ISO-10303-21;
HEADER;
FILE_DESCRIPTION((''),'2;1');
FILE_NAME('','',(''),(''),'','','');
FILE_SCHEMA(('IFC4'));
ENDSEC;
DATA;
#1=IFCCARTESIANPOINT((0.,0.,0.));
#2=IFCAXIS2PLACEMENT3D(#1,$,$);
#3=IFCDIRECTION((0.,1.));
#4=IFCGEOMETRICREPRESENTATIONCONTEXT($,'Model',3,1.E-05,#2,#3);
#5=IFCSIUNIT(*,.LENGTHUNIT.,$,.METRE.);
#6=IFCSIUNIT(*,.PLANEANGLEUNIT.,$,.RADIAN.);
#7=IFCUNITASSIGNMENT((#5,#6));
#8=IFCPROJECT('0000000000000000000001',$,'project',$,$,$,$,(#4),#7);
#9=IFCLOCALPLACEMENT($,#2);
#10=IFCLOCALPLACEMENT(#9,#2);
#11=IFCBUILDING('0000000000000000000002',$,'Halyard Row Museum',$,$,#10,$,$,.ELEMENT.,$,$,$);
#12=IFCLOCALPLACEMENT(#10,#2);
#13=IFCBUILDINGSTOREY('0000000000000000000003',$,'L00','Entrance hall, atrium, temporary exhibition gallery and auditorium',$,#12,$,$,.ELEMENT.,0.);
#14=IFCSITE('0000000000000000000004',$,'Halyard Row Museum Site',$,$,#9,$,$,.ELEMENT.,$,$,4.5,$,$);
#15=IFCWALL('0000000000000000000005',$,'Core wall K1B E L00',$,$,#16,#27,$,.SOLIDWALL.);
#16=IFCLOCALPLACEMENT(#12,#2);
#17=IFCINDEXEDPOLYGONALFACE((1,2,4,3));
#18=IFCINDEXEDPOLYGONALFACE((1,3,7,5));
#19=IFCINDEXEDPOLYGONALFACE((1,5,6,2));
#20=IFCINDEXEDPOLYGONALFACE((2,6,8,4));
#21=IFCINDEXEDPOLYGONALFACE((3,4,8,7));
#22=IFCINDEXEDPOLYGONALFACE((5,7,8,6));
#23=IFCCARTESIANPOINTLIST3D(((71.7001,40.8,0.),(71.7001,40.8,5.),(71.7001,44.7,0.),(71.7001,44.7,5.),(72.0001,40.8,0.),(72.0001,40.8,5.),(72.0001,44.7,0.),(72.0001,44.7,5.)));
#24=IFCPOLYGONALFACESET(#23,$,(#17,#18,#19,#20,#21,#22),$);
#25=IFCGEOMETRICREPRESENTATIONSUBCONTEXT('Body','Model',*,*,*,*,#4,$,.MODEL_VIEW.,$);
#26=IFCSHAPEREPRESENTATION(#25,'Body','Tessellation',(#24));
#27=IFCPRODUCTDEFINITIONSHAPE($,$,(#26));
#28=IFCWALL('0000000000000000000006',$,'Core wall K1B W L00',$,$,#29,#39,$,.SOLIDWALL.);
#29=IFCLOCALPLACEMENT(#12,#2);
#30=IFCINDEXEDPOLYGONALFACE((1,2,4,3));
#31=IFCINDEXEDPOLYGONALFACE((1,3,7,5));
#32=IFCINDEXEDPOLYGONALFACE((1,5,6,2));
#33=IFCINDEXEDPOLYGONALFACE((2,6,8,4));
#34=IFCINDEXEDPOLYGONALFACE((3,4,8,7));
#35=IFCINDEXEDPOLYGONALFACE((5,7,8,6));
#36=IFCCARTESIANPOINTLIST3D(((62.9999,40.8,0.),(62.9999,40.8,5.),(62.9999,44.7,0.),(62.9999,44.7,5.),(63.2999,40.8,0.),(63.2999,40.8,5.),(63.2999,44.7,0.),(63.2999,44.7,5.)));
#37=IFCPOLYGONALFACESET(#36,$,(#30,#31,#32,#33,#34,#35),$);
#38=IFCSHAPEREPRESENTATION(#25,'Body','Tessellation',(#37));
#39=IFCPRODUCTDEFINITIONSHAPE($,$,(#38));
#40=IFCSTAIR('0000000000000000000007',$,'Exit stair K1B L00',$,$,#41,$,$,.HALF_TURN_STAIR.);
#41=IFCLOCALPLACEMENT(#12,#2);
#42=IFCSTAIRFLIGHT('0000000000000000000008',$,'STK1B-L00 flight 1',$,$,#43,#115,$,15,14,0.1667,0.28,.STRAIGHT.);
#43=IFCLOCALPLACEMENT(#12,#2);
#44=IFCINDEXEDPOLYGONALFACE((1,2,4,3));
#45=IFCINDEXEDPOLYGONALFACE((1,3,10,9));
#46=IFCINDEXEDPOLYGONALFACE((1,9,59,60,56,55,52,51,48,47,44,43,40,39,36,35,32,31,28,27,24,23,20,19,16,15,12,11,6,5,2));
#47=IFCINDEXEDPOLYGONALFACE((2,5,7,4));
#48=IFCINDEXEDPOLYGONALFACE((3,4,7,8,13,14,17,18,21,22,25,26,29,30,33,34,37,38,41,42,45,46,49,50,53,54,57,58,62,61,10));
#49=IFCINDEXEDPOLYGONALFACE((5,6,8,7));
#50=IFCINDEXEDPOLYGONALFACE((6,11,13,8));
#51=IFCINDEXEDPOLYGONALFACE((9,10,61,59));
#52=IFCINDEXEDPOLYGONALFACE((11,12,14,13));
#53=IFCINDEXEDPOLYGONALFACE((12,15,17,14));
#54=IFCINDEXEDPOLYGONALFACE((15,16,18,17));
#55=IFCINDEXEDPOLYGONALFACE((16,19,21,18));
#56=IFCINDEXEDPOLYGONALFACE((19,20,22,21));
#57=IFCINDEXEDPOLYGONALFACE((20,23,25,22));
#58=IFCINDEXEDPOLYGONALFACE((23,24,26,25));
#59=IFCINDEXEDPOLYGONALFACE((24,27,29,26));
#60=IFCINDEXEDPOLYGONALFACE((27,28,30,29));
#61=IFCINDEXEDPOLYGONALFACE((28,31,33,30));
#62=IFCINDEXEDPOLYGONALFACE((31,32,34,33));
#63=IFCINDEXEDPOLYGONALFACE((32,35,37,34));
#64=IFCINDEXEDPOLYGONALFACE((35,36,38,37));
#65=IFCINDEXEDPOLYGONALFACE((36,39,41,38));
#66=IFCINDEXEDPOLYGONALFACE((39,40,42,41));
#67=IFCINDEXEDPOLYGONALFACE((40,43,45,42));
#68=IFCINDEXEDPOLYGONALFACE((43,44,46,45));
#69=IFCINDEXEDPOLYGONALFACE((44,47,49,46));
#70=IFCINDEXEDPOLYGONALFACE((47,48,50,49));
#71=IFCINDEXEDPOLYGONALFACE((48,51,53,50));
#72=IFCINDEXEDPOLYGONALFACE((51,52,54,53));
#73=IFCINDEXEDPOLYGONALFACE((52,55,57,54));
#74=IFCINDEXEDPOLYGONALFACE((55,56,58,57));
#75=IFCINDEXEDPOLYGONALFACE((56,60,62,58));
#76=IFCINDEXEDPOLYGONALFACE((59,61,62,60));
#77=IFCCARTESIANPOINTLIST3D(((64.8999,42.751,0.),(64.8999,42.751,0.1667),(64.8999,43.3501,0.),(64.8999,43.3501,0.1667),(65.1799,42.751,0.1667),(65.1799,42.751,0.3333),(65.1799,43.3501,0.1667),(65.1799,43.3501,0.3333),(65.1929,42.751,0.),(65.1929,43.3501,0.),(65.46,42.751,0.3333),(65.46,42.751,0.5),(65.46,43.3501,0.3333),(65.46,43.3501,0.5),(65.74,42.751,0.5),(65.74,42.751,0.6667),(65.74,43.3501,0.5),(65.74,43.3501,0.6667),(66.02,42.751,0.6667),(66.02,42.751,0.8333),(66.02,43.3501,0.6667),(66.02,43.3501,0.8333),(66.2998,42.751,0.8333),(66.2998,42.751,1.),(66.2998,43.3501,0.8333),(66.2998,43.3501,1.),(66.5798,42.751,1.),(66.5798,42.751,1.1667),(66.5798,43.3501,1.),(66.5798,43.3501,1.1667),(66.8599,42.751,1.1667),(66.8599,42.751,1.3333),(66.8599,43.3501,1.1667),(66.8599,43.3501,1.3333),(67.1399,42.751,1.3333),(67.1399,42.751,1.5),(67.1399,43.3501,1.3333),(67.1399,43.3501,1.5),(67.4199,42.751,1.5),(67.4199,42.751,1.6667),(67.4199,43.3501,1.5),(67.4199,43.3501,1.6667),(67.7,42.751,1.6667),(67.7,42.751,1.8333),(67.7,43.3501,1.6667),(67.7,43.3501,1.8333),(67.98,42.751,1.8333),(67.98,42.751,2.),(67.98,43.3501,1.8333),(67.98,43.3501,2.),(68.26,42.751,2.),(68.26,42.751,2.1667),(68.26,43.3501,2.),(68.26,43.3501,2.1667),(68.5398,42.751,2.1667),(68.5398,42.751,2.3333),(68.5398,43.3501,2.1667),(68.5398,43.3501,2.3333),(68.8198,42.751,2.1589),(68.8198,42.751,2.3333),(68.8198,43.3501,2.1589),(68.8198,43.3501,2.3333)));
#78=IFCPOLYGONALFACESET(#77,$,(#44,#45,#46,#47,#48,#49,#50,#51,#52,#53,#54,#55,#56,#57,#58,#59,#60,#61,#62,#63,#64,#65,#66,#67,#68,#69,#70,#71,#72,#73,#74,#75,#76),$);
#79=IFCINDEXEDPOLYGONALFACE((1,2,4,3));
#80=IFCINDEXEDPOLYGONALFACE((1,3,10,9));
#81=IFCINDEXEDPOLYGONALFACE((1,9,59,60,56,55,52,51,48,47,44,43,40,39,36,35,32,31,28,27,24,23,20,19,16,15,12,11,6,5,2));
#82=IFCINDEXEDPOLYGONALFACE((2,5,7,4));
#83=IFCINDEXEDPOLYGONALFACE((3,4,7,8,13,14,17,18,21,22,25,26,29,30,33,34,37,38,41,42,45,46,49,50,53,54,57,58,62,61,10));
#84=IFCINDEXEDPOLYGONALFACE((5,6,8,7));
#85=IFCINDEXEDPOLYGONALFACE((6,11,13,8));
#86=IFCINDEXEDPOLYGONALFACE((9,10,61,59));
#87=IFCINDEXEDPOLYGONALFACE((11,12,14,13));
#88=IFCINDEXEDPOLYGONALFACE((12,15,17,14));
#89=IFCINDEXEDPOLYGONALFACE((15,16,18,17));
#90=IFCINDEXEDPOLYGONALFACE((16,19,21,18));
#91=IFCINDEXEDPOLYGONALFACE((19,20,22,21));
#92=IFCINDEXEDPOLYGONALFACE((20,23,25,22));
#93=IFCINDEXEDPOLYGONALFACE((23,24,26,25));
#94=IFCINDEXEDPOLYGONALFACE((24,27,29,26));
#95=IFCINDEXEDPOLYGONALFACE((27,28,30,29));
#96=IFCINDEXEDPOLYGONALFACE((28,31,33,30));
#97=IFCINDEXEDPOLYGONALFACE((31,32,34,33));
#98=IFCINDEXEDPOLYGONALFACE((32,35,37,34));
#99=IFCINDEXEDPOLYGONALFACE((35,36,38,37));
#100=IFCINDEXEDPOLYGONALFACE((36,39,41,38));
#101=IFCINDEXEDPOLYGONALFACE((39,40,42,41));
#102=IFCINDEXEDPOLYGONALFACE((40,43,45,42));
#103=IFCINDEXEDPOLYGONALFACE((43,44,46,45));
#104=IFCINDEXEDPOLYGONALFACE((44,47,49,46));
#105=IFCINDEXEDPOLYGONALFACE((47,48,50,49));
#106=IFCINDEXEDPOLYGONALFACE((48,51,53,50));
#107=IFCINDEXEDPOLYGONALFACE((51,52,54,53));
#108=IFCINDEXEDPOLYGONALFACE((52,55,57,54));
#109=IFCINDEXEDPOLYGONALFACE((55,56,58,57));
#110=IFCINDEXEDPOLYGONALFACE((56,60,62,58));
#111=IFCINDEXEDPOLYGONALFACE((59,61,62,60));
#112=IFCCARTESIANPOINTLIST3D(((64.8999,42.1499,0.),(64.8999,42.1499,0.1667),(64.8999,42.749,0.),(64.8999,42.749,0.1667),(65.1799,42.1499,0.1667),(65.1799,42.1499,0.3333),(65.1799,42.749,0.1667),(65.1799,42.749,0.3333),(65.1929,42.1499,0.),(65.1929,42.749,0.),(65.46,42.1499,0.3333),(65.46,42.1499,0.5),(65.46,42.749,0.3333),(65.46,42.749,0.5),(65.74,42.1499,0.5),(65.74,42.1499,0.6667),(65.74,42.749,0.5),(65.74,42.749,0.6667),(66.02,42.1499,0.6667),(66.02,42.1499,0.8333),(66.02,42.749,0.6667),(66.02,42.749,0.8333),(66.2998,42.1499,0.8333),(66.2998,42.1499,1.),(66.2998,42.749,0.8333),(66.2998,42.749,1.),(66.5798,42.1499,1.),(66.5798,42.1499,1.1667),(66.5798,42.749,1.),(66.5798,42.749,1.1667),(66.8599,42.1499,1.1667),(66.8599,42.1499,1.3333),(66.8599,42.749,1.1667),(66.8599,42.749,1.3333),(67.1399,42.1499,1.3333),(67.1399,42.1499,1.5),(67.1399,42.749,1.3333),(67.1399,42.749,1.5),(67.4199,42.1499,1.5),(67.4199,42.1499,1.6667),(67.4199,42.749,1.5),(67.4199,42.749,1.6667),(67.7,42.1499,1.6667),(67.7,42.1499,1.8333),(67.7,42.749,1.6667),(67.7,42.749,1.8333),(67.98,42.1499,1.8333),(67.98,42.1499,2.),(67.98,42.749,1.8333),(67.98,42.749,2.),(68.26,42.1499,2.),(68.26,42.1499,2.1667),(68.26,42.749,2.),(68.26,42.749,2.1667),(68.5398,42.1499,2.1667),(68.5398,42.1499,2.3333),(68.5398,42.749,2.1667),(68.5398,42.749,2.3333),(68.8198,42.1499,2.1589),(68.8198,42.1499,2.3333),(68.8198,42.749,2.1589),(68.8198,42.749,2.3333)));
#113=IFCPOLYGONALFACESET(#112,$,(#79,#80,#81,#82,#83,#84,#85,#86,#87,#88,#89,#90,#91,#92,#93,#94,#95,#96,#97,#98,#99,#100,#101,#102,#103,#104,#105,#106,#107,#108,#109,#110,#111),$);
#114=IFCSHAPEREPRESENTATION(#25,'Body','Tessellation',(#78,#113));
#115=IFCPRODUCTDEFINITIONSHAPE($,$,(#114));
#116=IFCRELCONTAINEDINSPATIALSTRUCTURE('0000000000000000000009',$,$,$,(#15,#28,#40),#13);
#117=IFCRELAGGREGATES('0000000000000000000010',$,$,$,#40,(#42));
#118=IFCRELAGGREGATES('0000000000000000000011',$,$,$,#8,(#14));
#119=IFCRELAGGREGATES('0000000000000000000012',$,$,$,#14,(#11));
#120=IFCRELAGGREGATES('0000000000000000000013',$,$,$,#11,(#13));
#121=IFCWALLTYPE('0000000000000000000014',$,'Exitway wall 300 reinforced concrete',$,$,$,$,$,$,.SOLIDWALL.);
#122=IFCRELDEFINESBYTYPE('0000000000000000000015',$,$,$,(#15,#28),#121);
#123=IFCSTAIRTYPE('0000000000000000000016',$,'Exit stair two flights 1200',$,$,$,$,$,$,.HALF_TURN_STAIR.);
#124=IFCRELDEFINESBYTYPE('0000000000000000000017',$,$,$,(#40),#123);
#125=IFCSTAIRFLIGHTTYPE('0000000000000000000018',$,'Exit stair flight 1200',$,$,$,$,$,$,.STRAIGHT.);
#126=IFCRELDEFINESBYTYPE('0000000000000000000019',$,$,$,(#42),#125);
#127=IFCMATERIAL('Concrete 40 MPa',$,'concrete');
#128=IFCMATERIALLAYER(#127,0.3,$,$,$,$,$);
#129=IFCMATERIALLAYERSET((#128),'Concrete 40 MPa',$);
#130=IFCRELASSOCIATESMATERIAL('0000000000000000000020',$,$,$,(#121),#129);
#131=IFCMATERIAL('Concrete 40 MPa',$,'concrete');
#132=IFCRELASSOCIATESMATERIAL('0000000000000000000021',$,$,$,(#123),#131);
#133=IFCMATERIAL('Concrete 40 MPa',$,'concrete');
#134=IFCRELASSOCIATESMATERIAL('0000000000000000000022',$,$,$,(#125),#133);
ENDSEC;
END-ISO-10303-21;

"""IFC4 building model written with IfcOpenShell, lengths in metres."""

from ifc_helpers import new_model, si_unit, direction, frame, frame_2d, origin, place, context, subcontext, project, spatial, polyline, rectangle, outline, extrude, material, layer, layer_set, type_object, element, aggregate, save


model = new_model("IFC4")

# Units and contexts
model_context = context("Model", 3, precision=1e-05, world=origin(), true_north=direction((0.0, 1.0)))
body_context = subcontext(model_context, "Body", "Model", "MODEL_VIEW")
ifc_project = project(units=[si_unit("LENGTHUNIT", "METRE"), si_unit("PLANEANGLEUNIT", "RADIAN")], contexts=[model_context])

# Site, building, storey
site_placement = place(None, origin())
site = spatial("IfcSite", under=ifc_project, at=site_placement, Name="Halyard Row Museum Site", CompositionType="ELEMENT", RefElevation=4.5)
building_placement = place(site_placement, origin())
building = spatial("IfcBuilding", under=site, at=building_placement, Name="Halyard Row Museum", CompositionType="ELEMENT")
storey_placement = place(building_placement, origin())
storey = spatial("IfcBuildingStorey", under=building, at=storey_placement, Name="L00", Description="Entrance hall, atrium, temporary exhibition gallery and auditorium", CompositionType="ELEMENT", Elevation=0.0)

# Shared definitions
ifc_material_1 = material(Name="Concrete 40 MPa", Category="concrete")
ifc_layer_1 = layer(ifc_material_1, 0.3)
ifc_layer_set_1 = layer_set([ifc_layer_1], Name="Concrete 40 MPa")
wall_type_1 = type_object("IfcWallType", Name="Exitway wall 300 reinforced concrete", PredefinedType="SOLIDWALL", material=ifc_layer_set_1)

# Walls
for number, where, z_axis, x_axis, name in (
    (1, (71.8501, 40.8, 0.0), (0.0, 0.0, 1.0), (0.0, 1.0, 0.0), "Core wall K1B E L00"),
    (2, (63.1499, 40.8, 0.0), (0.0, 0.0, 1.0), (0.0, 1.0, 0.0), "Core wall K1B W L00"),
):
    element("IfcWall", number, at=place(storey_placement, frame(where, z_axis=z_axis, x_axis=x_axis)), inside=storey, type_object=wall_type_1, Name=name, PredefinedType="SOLIDWALL", context=body_context, shape_type="SweptSolid", body=[
        extrude(rectangle(XDim=3.8999, YDim=0.3, at=frame_2d((1.95, 0.0))), origin(), (0.0, 0.0, 1.0), 5.0),
    ])

# Stair, stair flight
ifc_material_2 = material(Name="Concrete 40 MPa", Category="concrete")
stair_type = type_object("IfcStairType", Name="Exit stair two flights 1200", PredefinedType="HALF_TURN_STAIR", material=ifc_material_2)
stair_placement = place(storey_placement, origin())
stair = element("IfcStair", 3, at=stair_placement, inside=storey, type_object=stair_type, Name="Exit stair K1B L00", PredefinedType="HALF_TURN_STAIR")
ifc_material_3 = material(Name="Concrete 40 MPa", Category="concrete")
stair_flight_type = type_object("IfcStairFlightType", Name="Exit stair flight 1200", PredefinedType="STRAIGHT", material=ifc_material_3)
stair_flight_1_placement = place(storey_placement, frame((64.8999, 42.75, 0.0), z_axis=(0.0, 0.0, 1.0), x_axis=(1.0, 0.0, 0.0)))
stair_flight_1 = element("IfcStairFlight", 4, at=stair_flight_1_placement, type_object=stair_flight_type, Name="STK1B-L00 flight 1", NumberOfRisers=15, NumberOfTreads=14, PredefinedType="STRAIGHT", RiserHeight=0.1667, TreadLength=0.28, context=body_context, shape_type="SweptSolid", body=[
    extrude(outline(polyline([(0.0, 0.0), (0.0, 0.1667), (0.28, 0.1667), (0.28, 0.3333), (0.5601, 0.3333), (0.5601, 0.5), (0.8401, 0.5), (0.8401, 0.6667), (1.1201, 0.6667), (1.1201, 0.8333), (1.3999, 0.8333), (1.3999, 1.0), (1.6799, 1.0), (1.6799, 1.1667), (1.96, 1.1667), (1.96, 1.3333), (2.24, 1.3333), (2.24, 1.5), (2.52, 1.5), (2.52, 1.6667), (2.8, 1.6667), (2.8, 1.8333), (3.0801, 1.8333), (3.0801, 2.0), (3.3601, 2.0), (3.3601, 2.1667), (3.6399, 2.1667), (3.6399, 2.3333), (3.9199, 2.3333), (3.9199, 2.5), (3.9199, 2.1589), (0.293, 0.0), (0.0, 0.0)])), frame((0.0, 0.6001, 0.0), z_axis=(0.0, -1.0, 0.0), x_axis=(1.0, 0.0, 0.0)), (0.0, 0.0, 1.0), 0.5991),
    extrude(outline(polyline([(0.0, 0.0), (0.0, 0.1667), (0.28, 0.1667), (0.28, 0.3333), (0.5601, 0.3333), (0.5601, 0.5), (0.8401, 0.5), (0.8401, 0.6667), (1.1201, 0.6667), (1.1201, 0.8333), (1.3999, 0.8333), (1.3999, 1.0), (1.6799, 1.0), (1.6799, 1.1667), (1.96, 1.1667), (1.96, 1.3333), (2.24, 1.3333), (2.24, 1.5), (2.52, 1.5), (2.52, 1.6667), (2.8, 1.6667), (2.8, 1.8333), (3.0801, 1.8333), (3.0801, 2.0), (3.3601, 2.0), (3.3601, 2.1667), (3.6399, 2.1667), (3.6399, 2.3333), (3.9199, 2.3333), (3.9199, 2.5), (3.9199, 2.1589), (0.293, 0.0), (0.0, 0.0)])), frame((0.0, -0.001, 0.0), z_axis=(0.0, -1.0, 0.0), x_axis=(1.0, 0.0, 0.0)), (0.0, 0.0, 1.0), 0.5991),
])
aggregate(stair, [stair_flight_1])

save(model, "model.ifc")
